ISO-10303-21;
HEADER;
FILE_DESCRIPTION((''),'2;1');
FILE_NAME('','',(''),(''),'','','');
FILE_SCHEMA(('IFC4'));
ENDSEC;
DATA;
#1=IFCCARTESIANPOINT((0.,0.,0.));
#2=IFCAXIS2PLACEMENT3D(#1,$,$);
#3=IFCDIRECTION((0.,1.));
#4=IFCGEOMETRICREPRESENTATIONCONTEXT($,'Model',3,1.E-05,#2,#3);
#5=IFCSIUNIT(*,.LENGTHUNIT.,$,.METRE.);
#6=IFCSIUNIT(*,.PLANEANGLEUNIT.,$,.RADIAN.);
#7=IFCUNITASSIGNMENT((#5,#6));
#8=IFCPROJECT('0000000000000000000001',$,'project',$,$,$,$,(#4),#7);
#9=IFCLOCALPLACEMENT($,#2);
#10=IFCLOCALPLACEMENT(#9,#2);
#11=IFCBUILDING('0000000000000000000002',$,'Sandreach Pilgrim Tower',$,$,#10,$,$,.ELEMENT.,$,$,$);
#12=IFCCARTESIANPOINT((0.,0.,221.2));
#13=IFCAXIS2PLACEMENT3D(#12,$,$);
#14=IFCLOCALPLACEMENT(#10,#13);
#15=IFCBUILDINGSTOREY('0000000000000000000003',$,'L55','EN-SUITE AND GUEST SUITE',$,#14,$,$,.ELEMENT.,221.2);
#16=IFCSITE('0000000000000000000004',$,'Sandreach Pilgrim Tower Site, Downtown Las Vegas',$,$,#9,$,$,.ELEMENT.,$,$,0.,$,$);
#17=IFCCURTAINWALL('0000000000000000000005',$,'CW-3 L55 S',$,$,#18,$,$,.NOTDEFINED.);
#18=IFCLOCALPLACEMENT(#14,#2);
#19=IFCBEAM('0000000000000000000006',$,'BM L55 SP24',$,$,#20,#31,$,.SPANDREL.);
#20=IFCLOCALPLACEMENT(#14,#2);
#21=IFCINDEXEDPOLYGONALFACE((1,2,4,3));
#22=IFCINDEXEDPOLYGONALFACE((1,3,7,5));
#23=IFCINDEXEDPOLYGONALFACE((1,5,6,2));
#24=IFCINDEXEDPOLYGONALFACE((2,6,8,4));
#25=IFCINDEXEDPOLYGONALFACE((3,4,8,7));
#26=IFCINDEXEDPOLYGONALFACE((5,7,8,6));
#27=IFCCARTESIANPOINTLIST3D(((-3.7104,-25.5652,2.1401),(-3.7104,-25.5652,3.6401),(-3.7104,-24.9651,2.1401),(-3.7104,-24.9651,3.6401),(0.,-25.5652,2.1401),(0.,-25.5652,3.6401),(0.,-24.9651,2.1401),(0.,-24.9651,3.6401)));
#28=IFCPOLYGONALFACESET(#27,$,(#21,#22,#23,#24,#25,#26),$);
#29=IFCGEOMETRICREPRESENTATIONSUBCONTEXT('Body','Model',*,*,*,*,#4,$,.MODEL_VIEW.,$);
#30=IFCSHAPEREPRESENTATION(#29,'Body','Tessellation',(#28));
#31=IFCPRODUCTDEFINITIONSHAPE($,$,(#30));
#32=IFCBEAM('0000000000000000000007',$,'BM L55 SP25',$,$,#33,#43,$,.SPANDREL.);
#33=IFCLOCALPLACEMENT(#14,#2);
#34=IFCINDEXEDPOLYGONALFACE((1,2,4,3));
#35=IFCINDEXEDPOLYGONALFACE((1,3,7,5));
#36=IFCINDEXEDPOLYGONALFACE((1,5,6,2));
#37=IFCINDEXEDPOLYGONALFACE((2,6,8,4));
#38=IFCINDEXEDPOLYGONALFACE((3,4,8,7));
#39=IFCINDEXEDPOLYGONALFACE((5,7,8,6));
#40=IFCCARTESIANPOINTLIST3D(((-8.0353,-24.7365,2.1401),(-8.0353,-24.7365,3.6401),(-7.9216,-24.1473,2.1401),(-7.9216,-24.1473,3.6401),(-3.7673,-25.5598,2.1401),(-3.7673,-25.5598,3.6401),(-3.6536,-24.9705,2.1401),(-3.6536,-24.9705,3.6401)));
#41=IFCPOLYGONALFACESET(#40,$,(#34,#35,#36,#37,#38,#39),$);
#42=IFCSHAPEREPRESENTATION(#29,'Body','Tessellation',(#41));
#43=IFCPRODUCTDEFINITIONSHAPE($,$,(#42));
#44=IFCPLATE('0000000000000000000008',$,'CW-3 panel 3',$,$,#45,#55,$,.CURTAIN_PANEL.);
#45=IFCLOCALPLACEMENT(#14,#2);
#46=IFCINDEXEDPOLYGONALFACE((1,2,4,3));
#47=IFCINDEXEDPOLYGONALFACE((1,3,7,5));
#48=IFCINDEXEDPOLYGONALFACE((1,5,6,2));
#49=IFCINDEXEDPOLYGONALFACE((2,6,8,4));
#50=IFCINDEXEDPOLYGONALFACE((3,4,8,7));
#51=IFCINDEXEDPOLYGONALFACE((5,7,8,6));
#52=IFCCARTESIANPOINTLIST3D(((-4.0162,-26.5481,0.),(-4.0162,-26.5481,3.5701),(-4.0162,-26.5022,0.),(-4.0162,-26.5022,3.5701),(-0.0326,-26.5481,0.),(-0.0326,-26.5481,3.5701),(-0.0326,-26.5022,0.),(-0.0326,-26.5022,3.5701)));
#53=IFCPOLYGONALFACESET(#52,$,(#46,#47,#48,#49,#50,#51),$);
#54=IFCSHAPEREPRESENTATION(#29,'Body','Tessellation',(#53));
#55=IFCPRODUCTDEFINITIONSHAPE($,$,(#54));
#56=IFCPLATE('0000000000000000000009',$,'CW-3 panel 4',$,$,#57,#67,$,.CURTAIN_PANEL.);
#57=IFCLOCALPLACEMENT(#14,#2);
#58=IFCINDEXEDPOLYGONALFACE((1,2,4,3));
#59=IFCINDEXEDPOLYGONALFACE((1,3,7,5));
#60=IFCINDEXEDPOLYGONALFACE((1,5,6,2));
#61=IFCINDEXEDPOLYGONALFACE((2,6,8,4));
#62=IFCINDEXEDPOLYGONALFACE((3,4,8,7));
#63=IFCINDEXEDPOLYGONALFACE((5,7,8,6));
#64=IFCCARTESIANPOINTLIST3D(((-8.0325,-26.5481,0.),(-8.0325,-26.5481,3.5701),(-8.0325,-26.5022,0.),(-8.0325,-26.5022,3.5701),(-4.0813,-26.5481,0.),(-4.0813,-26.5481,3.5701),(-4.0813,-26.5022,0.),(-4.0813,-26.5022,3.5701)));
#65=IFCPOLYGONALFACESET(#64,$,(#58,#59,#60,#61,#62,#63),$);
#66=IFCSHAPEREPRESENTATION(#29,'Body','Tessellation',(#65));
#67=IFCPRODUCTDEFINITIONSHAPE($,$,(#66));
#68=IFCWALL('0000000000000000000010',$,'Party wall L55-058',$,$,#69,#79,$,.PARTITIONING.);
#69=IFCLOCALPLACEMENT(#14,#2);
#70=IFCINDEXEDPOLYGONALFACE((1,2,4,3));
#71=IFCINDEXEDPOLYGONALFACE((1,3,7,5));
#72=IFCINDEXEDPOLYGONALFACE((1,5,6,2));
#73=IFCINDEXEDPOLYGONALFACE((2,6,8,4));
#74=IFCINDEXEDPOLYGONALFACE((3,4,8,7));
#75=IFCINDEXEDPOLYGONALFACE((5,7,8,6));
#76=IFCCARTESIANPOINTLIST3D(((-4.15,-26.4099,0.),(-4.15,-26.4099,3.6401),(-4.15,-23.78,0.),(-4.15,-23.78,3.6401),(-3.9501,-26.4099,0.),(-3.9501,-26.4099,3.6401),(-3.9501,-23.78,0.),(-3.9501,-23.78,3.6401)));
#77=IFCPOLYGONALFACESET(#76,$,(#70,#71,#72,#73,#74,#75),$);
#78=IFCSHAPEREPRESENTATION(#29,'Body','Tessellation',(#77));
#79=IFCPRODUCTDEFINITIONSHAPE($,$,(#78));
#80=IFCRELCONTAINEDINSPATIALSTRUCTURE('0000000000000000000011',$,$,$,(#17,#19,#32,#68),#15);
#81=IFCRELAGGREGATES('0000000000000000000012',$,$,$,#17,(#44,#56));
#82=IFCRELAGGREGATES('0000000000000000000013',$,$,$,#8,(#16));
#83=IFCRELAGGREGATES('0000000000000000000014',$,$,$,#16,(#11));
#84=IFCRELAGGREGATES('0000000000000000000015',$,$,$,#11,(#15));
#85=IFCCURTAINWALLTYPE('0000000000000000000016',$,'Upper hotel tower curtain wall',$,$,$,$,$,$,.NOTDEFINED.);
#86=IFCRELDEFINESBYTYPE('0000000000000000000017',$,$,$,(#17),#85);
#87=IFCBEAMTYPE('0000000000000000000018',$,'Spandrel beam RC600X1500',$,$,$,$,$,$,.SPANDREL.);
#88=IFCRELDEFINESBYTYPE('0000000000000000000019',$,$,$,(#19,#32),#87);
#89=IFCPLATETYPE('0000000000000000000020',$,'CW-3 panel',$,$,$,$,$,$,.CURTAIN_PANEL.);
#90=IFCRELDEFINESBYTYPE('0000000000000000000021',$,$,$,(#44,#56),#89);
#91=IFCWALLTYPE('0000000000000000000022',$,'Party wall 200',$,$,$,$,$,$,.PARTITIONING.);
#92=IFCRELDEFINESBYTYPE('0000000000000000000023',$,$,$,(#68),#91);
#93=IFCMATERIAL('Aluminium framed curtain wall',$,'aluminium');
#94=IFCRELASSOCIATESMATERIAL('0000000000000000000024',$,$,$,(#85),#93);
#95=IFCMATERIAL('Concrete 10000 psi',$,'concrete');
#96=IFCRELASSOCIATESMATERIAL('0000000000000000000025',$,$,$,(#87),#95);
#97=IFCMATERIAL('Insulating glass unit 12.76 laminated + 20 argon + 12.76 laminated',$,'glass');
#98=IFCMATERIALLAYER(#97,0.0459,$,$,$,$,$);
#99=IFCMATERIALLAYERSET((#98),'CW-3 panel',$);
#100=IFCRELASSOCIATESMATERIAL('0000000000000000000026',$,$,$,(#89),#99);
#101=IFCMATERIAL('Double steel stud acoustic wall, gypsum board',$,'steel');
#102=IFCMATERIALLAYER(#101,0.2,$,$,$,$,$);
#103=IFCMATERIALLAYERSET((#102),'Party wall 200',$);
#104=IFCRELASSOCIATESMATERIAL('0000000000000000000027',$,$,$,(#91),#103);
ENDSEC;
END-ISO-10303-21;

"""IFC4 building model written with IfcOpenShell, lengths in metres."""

from ifc_helpers import new_model, si_unit, direction, frame, frame_2d, origin, origin_2d, place, context, subcontext, project, spatial, rectangle, extrude, material, layer, layer_set, material_profile, profile_set, type_object, element, aggregate, save


model = new_model("IFC4")

# Units and contexts
model_context = context("Model", 3, precision=1e-05, world=origin(), true_north=direction((0.0, 1.0)))
body_context = subcontext(model_context, "Body", "Model", "MODEL_VIEW")
ifc_project = project(units=[si_unit("LENGTHUNIT", "METRE"), si_unit("PLANEANGLEUNIT", "RADIAN")], contexts=[model_context])

# Site, building, storey
site_placement = place(None, origin())
site = spatial("IfcSite", under=ifc_project, at=site_placement, Name="Sandreach Pilgrim Tower Site, Downtown Las Vegas", CompositionType="ELEMENT", RefElevation=0.0)
building_placement = place(site_placement, origin())
building = spatial("IfcBuilding", under=site, at=building_placement, Name="Sandreach Pilgrim Tower", CompositionType="ELEMENT")
storey_placement = place(building_placement, frame((0.0, 0.0, 221.2)))
storey = spatial("IfcBuildingStorey", under=building, at=storey_placement, Name="L55", Description="EN-SUITE AND GUEST SUITE", CompositionType="ELEMENT", Elevation=221.2)

# Curtain wall
ifc_material_1 = material(Name="Aluminium framed curtain wall", Category="aluminium")
curtain_wall_type = type_object("IfcCurtainWallType", Name="Upper hotel tower curtain wall", PredefinedType="NOTDEFINED", material=ifc_material_1)
curtain_wall_placement = place(storey_placement, origin())
curtain_wall = element("IfcCurtainWall", 1, at=curtain_wall_placement, inside=storey, type_object=curtain_wall_type, Name="CW-3 L55 S", PredefinedType="NOTDEFINED")

# Beams
ifc_material_2 = material(Name="Concrete 10000 psi", Category="concrete")
ifc_material_profile_1 = material_profile(ifc_material_2, rectangle(XDim=0.6001, YDim=1.5, at=origin_2d()), Name="RC600X1500")
ifc_profile_set_1 = profile_set([ifc_material_profile_1], Name="Concrete 10000 psi")
beam_type_1 = type_object("IfcBeamType", Name="Spandrel beam RC600X1500", PredefinedType="SPANDREL", material=ifc_profile_set_1)
beam_1_placement = place(storey_placement, frame((0.0, -25.2651, 2.8901), z_axis=(-1.0, 0.0, 0.0), x_axis=(0.0, -1.0, 0.0)))
element("IfcBeam", 2, at=beam_1_placement, inside=storey, type_object=beam_type_1, Name="BM L55 SP24", PredefinedType="SPANDREL", context=body_context, shape_type="SweptSolid", body=[
    extrude(rectangle(XDim=0.6001, YDim=1.5, at=origin_2d()), origin(), (0.0, 0.0, 1.0), 3.7104),
])
beam_2_placement = place(storey_placement, frame((-3.7104, -25.2651, 2.8901), z_axis=(-0.981901, 0.189393, 0.0), x_axis=(-0.189393, -0.981901, 0.0)))
element("IfcBeam", 3, at=beam_2_placement, inside=storey, type_object=beam_type_1, Name="BM L55 SP25", PredefinedType="SPANDREL", context=body_context, shape_type="SweptSolid", body=[
    extrude(rectangle(XDim=0.6001, YDim=1.5, at=origin_2d()), origin(), (0.0, 0.0, 1.0), 4.3467),
])

# Plates
ifc_material_3 = material(Name="Insulating glass unit 12.76 laminated + 20 argon + 12.76 laminated", Category="glass")
ifc_layer_1 = layer(ifc_material_3, 0.0459)
ifc_layer_set_1 = layer_set([ifc_layer_1], Name="CW-3 panel")
plate_type = type_object("IfcPlateType", Name="CW-3 panel", PredefinedType="CURTAIN_PANEL", material=ifc_layer_set_1)
plate_1_placement = place(storey_placement, frame((-2.0244, -26.5251, 0.0), z_axis=(0.0, 0.0, 1.0), x_axis=(-1.0, 0.0, 0.0)))
plate_1 = element("IfcPlate", 4, at=plate_1_placement, type_object=plate_type, Name="CW-3 panel 3", PredefinedType="CURTAIN_PANEL", context=body_context, shape_type="SweptSolid", body=[
    extrude(rectangle(XDim=3.9836, YDim=0.0459, at=origin_2d()), origin(), (0.0, 0.0, 1.0), 3.5701),
])
plate_2_placement = place(storey_placement, frame((-6.0569, -26.5251, 0.0), z_axis=(0.0, 0.0, 1.0), x_axis=(-1.0, 0.0, 0.0)))
plate_2 = element("IfcPlate", 5, at=plate_2_placement, type_object=plate_type, Name="CW-3 panel 4", PredefinedType="CURTAIN_PANEL", context=body_context, shape_type="SweptSolid", body=[
    extrude(rectangle(XDim=3.9512, YDim=0.0459, at=origin_2d()), origin(), (0.0, 0.0, 1.0), 3.5701),
])
aggregate(curtain_wall, [plate_1, plate_2])

# Wall
ifc_material_4 = material(Name="Double steel stud acoustic wall, gypsum board", Category="steel")
ifc_layer_2 = layer(ifc_material_4, 0.2)
ifc_layer_set_2 = layer_set([ifc_layer_2], Name="Party wall 200")
wall_type = type_object("IfcWallType", Name="Party wall 200", PredefinedType="PARTITIONING", material=ifc_layer_set_2)
wall_placement = place(storey_placement, frame((-4.05, -26.4099, 0.0), z_axis=(0.0, 0.0, 1.0), x_axis=(0.0, 1.0, 0.0)))
element("IfcWall", 6, at=wall_placement, inside=storey, type_object=wall_type, Name="Party wall L55-058", PredefinedType="PARTITIONING", context=body_context, shape_type="SweptSolid", body=[
    extrude(rectangle(XDim=2.6299, YDim=0.2, at=frame_2d((1.3149, 0.0))), origin(), (0.0, 0.0, 1.0), 3.6401),
])

save(model, "model.ifc")
